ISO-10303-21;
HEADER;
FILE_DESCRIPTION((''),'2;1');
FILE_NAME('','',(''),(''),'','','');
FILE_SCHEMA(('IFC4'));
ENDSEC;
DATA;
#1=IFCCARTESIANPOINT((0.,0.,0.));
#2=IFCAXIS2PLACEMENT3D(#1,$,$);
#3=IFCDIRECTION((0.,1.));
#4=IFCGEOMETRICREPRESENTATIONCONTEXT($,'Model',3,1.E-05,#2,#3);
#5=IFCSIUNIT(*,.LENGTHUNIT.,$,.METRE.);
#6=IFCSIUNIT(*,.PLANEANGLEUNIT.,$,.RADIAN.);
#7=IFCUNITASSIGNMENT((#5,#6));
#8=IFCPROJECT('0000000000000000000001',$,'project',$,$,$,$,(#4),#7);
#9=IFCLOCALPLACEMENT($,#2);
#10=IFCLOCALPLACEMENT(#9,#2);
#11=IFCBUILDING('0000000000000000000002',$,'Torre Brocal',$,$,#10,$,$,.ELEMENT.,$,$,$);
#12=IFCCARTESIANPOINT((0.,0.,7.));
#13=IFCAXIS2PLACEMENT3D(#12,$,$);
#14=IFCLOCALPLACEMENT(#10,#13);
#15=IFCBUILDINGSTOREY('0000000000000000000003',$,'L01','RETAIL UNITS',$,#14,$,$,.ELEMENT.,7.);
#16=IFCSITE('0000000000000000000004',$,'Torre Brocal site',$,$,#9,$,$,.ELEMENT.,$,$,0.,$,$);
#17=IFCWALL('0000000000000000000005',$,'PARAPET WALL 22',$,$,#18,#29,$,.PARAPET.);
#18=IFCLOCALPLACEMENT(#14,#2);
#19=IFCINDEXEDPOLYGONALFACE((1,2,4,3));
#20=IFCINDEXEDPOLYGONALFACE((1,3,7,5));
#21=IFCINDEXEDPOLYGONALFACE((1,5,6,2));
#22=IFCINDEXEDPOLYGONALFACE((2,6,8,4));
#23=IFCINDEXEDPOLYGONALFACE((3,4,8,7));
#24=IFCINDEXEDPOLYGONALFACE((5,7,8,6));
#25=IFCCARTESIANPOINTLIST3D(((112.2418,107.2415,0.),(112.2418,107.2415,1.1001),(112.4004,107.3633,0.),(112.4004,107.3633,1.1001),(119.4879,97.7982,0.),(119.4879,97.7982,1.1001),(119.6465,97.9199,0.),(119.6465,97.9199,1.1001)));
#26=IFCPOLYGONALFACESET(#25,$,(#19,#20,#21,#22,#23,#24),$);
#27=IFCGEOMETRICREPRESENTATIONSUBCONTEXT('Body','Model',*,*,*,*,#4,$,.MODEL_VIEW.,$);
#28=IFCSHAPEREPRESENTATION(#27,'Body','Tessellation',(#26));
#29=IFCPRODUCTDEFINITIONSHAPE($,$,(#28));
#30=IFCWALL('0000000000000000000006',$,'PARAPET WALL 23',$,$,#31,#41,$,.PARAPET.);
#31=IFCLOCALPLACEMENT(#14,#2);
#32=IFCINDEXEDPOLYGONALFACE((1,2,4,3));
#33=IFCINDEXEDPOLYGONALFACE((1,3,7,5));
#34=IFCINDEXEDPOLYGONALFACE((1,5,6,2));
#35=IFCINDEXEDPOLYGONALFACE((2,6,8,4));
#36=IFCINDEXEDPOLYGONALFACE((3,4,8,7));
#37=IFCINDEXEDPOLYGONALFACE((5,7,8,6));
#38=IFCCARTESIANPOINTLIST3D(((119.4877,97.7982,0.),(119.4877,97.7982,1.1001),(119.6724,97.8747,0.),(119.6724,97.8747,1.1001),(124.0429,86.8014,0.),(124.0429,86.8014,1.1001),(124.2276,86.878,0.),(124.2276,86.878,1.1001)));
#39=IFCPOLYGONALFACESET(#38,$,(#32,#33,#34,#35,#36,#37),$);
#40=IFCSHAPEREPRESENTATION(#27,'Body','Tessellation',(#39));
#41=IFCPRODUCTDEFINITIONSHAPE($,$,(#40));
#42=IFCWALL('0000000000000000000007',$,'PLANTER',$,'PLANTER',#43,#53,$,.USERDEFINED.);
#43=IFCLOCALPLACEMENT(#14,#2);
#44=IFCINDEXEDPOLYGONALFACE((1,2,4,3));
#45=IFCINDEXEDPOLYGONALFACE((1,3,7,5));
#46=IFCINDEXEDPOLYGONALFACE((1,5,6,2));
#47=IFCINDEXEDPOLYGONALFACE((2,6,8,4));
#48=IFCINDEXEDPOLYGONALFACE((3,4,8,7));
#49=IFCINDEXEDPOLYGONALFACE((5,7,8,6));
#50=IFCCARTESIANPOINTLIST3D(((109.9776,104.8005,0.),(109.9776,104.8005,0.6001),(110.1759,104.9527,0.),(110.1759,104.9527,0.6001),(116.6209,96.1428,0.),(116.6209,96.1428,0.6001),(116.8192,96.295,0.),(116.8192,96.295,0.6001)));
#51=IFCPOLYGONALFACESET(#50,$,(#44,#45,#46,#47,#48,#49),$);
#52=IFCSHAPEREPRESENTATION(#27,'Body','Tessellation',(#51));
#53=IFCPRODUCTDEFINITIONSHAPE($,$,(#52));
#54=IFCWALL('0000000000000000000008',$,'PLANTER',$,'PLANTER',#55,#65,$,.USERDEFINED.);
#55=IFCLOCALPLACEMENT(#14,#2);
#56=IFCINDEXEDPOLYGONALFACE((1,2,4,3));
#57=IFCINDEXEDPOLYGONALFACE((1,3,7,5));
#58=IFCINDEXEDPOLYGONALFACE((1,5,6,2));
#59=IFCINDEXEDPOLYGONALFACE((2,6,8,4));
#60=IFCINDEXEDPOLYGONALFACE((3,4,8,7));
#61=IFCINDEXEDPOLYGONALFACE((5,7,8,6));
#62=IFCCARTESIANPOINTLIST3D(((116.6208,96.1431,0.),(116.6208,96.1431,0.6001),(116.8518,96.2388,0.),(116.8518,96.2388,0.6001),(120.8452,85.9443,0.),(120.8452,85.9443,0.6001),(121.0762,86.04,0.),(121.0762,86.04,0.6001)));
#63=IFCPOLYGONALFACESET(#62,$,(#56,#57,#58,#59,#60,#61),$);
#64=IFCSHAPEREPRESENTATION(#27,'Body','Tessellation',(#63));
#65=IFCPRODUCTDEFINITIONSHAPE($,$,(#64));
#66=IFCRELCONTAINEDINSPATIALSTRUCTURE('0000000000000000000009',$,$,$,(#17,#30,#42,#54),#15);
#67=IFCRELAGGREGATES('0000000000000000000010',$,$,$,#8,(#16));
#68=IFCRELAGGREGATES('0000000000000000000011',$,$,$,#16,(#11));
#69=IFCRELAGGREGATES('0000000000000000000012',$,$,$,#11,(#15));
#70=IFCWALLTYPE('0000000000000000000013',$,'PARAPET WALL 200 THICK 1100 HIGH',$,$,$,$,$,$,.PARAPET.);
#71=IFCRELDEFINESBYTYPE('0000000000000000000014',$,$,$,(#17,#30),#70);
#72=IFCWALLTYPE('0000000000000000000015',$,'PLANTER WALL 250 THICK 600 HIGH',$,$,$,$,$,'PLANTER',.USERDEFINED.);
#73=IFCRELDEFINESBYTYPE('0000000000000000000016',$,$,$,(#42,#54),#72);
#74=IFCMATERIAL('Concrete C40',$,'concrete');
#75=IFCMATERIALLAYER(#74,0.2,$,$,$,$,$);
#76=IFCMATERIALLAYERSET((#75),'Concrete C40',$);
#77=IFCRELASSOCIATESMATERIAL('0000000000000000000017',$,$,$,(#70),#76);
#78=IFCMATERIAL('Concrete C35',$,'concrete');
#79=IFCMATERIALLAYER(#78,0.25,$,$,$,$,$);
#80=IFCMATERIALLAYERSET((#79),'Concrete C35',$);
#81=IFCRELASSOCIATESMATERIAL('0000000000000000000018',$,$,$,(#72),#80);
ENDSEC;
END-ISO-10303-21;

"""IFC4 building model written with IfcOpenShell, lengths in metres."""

from ifc_helpers import new_model, si_unit, direction, frame, frame_2d, origin, place, context, subcontext, project, spatial, rectangle, extrude, material, layer, layer_set, type_object, element, save


model = new_model("IFC4")

# Units and contexts
model_context = context("Model", 3, precision=1e-05, world=origin(), true_north=direction((0.0, 1.0)))
body_context = subcontext(model_context, "Body", "Model", "MODEL_VIEW")
ifc_project = project(units=[si_unit("LENGTHUNIT", "METRE"), si_unit("PLANEANGLEUNIT", "RADIAN")], contexts=[model_context])

# Site, building, storey
site_placement = place(None, origin())
site = spatial("IfcSite", under=ifc_project, at=site_placement, Name="Torre Brocal site", CompositionType="ELEMENT", RefElevation=0.0)
building_placement = place(site_placement, origin())
building = spatial("IfcBuilding", under=site, at=building_placement, Name="Torre Brocal", CompositionType="ELEMENT")
storey_placement = place(building_placement, frame((0.0, 0.0, 7.0)))
storey = spatial("IfcBuildingStorey", under=building, at=storey_placement, Name="L01", Description="RETAIL UNITS", CompositionType="ELEMENT", Elevation=7.0)

# Walls
ifc_material_1 = material(Name="Concrete C40", Category="concrete")
ifc_layer_1 = layer(ifc_material_1, 0.2)
ifc_layer_set_1 = layer_set([ifc_layer_1], Name="Concrete C40")
wall_type_1 = type_object("IfcWallType", Name="PARAPET WALL 200 THICK 1100 HIGH", PredefinedType="PARAPET", material=ifc_layer_set_1)
wall_1_placement = place(storey_placement, frame((112.321, 107.3025, 0.0), z_axis=(0.0, 0.0, 1.0), x_axis=(0.608759, -0.793355, 0.0)))
element("IfcWall", 1, at=wall_1_placement, inside=storey, type_object=wall_type_1, Name="PARAPET WALL 22", PredefinedType="PARAPET", context=body_context, shape_type="SweptSolid", body=[
    extrude(rectangle(XDim=11.9031, YDim=0.2, at=frame_2d((5.9517, 0.0))), origin(), (0.0, 0.0, 1.0), 1.1001),
])
wall_2_placement = place(storey_placement, frame((119.5801, 97.8364, 0.0), z_axis=(0.0, 0.0, 1.0), x_axis=(0.382694, -0.923875, 0.0)))
element("IfcWall", 2, at=wall_2_placement, inside=storey, type_object=wall_type_1, Name="PARAPET WALL 23", PredefinedType="PARAPET", context=body_context, shape_type="SweptSolid", body=[
    extrude(rectangle(XDim=11.9028, YDim=0.2, at=frame_2d((5.9514, 0.0))), origin(), (0.0, 0.0, 1.0), 1.1001),
])
ifc_material_2 = material(Name="Concrete C35", Category="concrete")
ifc_layer_2 = layer(ifc_material_2, 0.25)
ifc_layer_set_2 = layer_set([ifc_layer_2], Name="Concrete C35")
wall_type_2 = type_object("IfcWallType", Name="PLANTER WALL 250 THICK 600 HIGH", ElementType="PLANTER", PredefinedType="USERDEFINED", material=ifc_layer_set_2)
wall_3_placement = place(storey_placement, frame((110.0767, 104.8767, 0.0), z_axis=(0.0, 0.0, 1.0), x_axis=(0.608762, -0.793353, 0.0)))
element("IfcWall", 3, at=wall_3_placement, inside=storey, type_object=wall_type_2, Name="PLANTER", ObjectType="PLANTER", PredefinedType="USERDEFINED", context=body_context, shape_type="SweptSolid", body=[
    extrude(rectangle(XDim=10.9128, YDim=0.25, at=frame_2d((5.4565, 0.0))), origin(), (0.0, 0.0, 1.0), 0.6001),
])
wall_4_placement = place(storey_placement, frame((116.7363, 96.1909, 0.0), z_axis=(0.0, 0.0, 1.0), x_axis=(0.382677, -0.923882, 0.0)))
element("IfcWall", 4, at=wall_4_placement, inside=storey, type_object=wall_type_2, Name="PLANTER", ObjectType="PLANTER", PredefinedType="USERDEFINED", context=body_context, shape_type="SweptSolid", body=[
    extrude(rectangle(XDim=11.0391, YDim=0.25, at=frame_2d((5.5195, 0.0))), origin(), (0.0, 0.0, 1.0), 0.6001),
])

save(model, "model.ifc")
